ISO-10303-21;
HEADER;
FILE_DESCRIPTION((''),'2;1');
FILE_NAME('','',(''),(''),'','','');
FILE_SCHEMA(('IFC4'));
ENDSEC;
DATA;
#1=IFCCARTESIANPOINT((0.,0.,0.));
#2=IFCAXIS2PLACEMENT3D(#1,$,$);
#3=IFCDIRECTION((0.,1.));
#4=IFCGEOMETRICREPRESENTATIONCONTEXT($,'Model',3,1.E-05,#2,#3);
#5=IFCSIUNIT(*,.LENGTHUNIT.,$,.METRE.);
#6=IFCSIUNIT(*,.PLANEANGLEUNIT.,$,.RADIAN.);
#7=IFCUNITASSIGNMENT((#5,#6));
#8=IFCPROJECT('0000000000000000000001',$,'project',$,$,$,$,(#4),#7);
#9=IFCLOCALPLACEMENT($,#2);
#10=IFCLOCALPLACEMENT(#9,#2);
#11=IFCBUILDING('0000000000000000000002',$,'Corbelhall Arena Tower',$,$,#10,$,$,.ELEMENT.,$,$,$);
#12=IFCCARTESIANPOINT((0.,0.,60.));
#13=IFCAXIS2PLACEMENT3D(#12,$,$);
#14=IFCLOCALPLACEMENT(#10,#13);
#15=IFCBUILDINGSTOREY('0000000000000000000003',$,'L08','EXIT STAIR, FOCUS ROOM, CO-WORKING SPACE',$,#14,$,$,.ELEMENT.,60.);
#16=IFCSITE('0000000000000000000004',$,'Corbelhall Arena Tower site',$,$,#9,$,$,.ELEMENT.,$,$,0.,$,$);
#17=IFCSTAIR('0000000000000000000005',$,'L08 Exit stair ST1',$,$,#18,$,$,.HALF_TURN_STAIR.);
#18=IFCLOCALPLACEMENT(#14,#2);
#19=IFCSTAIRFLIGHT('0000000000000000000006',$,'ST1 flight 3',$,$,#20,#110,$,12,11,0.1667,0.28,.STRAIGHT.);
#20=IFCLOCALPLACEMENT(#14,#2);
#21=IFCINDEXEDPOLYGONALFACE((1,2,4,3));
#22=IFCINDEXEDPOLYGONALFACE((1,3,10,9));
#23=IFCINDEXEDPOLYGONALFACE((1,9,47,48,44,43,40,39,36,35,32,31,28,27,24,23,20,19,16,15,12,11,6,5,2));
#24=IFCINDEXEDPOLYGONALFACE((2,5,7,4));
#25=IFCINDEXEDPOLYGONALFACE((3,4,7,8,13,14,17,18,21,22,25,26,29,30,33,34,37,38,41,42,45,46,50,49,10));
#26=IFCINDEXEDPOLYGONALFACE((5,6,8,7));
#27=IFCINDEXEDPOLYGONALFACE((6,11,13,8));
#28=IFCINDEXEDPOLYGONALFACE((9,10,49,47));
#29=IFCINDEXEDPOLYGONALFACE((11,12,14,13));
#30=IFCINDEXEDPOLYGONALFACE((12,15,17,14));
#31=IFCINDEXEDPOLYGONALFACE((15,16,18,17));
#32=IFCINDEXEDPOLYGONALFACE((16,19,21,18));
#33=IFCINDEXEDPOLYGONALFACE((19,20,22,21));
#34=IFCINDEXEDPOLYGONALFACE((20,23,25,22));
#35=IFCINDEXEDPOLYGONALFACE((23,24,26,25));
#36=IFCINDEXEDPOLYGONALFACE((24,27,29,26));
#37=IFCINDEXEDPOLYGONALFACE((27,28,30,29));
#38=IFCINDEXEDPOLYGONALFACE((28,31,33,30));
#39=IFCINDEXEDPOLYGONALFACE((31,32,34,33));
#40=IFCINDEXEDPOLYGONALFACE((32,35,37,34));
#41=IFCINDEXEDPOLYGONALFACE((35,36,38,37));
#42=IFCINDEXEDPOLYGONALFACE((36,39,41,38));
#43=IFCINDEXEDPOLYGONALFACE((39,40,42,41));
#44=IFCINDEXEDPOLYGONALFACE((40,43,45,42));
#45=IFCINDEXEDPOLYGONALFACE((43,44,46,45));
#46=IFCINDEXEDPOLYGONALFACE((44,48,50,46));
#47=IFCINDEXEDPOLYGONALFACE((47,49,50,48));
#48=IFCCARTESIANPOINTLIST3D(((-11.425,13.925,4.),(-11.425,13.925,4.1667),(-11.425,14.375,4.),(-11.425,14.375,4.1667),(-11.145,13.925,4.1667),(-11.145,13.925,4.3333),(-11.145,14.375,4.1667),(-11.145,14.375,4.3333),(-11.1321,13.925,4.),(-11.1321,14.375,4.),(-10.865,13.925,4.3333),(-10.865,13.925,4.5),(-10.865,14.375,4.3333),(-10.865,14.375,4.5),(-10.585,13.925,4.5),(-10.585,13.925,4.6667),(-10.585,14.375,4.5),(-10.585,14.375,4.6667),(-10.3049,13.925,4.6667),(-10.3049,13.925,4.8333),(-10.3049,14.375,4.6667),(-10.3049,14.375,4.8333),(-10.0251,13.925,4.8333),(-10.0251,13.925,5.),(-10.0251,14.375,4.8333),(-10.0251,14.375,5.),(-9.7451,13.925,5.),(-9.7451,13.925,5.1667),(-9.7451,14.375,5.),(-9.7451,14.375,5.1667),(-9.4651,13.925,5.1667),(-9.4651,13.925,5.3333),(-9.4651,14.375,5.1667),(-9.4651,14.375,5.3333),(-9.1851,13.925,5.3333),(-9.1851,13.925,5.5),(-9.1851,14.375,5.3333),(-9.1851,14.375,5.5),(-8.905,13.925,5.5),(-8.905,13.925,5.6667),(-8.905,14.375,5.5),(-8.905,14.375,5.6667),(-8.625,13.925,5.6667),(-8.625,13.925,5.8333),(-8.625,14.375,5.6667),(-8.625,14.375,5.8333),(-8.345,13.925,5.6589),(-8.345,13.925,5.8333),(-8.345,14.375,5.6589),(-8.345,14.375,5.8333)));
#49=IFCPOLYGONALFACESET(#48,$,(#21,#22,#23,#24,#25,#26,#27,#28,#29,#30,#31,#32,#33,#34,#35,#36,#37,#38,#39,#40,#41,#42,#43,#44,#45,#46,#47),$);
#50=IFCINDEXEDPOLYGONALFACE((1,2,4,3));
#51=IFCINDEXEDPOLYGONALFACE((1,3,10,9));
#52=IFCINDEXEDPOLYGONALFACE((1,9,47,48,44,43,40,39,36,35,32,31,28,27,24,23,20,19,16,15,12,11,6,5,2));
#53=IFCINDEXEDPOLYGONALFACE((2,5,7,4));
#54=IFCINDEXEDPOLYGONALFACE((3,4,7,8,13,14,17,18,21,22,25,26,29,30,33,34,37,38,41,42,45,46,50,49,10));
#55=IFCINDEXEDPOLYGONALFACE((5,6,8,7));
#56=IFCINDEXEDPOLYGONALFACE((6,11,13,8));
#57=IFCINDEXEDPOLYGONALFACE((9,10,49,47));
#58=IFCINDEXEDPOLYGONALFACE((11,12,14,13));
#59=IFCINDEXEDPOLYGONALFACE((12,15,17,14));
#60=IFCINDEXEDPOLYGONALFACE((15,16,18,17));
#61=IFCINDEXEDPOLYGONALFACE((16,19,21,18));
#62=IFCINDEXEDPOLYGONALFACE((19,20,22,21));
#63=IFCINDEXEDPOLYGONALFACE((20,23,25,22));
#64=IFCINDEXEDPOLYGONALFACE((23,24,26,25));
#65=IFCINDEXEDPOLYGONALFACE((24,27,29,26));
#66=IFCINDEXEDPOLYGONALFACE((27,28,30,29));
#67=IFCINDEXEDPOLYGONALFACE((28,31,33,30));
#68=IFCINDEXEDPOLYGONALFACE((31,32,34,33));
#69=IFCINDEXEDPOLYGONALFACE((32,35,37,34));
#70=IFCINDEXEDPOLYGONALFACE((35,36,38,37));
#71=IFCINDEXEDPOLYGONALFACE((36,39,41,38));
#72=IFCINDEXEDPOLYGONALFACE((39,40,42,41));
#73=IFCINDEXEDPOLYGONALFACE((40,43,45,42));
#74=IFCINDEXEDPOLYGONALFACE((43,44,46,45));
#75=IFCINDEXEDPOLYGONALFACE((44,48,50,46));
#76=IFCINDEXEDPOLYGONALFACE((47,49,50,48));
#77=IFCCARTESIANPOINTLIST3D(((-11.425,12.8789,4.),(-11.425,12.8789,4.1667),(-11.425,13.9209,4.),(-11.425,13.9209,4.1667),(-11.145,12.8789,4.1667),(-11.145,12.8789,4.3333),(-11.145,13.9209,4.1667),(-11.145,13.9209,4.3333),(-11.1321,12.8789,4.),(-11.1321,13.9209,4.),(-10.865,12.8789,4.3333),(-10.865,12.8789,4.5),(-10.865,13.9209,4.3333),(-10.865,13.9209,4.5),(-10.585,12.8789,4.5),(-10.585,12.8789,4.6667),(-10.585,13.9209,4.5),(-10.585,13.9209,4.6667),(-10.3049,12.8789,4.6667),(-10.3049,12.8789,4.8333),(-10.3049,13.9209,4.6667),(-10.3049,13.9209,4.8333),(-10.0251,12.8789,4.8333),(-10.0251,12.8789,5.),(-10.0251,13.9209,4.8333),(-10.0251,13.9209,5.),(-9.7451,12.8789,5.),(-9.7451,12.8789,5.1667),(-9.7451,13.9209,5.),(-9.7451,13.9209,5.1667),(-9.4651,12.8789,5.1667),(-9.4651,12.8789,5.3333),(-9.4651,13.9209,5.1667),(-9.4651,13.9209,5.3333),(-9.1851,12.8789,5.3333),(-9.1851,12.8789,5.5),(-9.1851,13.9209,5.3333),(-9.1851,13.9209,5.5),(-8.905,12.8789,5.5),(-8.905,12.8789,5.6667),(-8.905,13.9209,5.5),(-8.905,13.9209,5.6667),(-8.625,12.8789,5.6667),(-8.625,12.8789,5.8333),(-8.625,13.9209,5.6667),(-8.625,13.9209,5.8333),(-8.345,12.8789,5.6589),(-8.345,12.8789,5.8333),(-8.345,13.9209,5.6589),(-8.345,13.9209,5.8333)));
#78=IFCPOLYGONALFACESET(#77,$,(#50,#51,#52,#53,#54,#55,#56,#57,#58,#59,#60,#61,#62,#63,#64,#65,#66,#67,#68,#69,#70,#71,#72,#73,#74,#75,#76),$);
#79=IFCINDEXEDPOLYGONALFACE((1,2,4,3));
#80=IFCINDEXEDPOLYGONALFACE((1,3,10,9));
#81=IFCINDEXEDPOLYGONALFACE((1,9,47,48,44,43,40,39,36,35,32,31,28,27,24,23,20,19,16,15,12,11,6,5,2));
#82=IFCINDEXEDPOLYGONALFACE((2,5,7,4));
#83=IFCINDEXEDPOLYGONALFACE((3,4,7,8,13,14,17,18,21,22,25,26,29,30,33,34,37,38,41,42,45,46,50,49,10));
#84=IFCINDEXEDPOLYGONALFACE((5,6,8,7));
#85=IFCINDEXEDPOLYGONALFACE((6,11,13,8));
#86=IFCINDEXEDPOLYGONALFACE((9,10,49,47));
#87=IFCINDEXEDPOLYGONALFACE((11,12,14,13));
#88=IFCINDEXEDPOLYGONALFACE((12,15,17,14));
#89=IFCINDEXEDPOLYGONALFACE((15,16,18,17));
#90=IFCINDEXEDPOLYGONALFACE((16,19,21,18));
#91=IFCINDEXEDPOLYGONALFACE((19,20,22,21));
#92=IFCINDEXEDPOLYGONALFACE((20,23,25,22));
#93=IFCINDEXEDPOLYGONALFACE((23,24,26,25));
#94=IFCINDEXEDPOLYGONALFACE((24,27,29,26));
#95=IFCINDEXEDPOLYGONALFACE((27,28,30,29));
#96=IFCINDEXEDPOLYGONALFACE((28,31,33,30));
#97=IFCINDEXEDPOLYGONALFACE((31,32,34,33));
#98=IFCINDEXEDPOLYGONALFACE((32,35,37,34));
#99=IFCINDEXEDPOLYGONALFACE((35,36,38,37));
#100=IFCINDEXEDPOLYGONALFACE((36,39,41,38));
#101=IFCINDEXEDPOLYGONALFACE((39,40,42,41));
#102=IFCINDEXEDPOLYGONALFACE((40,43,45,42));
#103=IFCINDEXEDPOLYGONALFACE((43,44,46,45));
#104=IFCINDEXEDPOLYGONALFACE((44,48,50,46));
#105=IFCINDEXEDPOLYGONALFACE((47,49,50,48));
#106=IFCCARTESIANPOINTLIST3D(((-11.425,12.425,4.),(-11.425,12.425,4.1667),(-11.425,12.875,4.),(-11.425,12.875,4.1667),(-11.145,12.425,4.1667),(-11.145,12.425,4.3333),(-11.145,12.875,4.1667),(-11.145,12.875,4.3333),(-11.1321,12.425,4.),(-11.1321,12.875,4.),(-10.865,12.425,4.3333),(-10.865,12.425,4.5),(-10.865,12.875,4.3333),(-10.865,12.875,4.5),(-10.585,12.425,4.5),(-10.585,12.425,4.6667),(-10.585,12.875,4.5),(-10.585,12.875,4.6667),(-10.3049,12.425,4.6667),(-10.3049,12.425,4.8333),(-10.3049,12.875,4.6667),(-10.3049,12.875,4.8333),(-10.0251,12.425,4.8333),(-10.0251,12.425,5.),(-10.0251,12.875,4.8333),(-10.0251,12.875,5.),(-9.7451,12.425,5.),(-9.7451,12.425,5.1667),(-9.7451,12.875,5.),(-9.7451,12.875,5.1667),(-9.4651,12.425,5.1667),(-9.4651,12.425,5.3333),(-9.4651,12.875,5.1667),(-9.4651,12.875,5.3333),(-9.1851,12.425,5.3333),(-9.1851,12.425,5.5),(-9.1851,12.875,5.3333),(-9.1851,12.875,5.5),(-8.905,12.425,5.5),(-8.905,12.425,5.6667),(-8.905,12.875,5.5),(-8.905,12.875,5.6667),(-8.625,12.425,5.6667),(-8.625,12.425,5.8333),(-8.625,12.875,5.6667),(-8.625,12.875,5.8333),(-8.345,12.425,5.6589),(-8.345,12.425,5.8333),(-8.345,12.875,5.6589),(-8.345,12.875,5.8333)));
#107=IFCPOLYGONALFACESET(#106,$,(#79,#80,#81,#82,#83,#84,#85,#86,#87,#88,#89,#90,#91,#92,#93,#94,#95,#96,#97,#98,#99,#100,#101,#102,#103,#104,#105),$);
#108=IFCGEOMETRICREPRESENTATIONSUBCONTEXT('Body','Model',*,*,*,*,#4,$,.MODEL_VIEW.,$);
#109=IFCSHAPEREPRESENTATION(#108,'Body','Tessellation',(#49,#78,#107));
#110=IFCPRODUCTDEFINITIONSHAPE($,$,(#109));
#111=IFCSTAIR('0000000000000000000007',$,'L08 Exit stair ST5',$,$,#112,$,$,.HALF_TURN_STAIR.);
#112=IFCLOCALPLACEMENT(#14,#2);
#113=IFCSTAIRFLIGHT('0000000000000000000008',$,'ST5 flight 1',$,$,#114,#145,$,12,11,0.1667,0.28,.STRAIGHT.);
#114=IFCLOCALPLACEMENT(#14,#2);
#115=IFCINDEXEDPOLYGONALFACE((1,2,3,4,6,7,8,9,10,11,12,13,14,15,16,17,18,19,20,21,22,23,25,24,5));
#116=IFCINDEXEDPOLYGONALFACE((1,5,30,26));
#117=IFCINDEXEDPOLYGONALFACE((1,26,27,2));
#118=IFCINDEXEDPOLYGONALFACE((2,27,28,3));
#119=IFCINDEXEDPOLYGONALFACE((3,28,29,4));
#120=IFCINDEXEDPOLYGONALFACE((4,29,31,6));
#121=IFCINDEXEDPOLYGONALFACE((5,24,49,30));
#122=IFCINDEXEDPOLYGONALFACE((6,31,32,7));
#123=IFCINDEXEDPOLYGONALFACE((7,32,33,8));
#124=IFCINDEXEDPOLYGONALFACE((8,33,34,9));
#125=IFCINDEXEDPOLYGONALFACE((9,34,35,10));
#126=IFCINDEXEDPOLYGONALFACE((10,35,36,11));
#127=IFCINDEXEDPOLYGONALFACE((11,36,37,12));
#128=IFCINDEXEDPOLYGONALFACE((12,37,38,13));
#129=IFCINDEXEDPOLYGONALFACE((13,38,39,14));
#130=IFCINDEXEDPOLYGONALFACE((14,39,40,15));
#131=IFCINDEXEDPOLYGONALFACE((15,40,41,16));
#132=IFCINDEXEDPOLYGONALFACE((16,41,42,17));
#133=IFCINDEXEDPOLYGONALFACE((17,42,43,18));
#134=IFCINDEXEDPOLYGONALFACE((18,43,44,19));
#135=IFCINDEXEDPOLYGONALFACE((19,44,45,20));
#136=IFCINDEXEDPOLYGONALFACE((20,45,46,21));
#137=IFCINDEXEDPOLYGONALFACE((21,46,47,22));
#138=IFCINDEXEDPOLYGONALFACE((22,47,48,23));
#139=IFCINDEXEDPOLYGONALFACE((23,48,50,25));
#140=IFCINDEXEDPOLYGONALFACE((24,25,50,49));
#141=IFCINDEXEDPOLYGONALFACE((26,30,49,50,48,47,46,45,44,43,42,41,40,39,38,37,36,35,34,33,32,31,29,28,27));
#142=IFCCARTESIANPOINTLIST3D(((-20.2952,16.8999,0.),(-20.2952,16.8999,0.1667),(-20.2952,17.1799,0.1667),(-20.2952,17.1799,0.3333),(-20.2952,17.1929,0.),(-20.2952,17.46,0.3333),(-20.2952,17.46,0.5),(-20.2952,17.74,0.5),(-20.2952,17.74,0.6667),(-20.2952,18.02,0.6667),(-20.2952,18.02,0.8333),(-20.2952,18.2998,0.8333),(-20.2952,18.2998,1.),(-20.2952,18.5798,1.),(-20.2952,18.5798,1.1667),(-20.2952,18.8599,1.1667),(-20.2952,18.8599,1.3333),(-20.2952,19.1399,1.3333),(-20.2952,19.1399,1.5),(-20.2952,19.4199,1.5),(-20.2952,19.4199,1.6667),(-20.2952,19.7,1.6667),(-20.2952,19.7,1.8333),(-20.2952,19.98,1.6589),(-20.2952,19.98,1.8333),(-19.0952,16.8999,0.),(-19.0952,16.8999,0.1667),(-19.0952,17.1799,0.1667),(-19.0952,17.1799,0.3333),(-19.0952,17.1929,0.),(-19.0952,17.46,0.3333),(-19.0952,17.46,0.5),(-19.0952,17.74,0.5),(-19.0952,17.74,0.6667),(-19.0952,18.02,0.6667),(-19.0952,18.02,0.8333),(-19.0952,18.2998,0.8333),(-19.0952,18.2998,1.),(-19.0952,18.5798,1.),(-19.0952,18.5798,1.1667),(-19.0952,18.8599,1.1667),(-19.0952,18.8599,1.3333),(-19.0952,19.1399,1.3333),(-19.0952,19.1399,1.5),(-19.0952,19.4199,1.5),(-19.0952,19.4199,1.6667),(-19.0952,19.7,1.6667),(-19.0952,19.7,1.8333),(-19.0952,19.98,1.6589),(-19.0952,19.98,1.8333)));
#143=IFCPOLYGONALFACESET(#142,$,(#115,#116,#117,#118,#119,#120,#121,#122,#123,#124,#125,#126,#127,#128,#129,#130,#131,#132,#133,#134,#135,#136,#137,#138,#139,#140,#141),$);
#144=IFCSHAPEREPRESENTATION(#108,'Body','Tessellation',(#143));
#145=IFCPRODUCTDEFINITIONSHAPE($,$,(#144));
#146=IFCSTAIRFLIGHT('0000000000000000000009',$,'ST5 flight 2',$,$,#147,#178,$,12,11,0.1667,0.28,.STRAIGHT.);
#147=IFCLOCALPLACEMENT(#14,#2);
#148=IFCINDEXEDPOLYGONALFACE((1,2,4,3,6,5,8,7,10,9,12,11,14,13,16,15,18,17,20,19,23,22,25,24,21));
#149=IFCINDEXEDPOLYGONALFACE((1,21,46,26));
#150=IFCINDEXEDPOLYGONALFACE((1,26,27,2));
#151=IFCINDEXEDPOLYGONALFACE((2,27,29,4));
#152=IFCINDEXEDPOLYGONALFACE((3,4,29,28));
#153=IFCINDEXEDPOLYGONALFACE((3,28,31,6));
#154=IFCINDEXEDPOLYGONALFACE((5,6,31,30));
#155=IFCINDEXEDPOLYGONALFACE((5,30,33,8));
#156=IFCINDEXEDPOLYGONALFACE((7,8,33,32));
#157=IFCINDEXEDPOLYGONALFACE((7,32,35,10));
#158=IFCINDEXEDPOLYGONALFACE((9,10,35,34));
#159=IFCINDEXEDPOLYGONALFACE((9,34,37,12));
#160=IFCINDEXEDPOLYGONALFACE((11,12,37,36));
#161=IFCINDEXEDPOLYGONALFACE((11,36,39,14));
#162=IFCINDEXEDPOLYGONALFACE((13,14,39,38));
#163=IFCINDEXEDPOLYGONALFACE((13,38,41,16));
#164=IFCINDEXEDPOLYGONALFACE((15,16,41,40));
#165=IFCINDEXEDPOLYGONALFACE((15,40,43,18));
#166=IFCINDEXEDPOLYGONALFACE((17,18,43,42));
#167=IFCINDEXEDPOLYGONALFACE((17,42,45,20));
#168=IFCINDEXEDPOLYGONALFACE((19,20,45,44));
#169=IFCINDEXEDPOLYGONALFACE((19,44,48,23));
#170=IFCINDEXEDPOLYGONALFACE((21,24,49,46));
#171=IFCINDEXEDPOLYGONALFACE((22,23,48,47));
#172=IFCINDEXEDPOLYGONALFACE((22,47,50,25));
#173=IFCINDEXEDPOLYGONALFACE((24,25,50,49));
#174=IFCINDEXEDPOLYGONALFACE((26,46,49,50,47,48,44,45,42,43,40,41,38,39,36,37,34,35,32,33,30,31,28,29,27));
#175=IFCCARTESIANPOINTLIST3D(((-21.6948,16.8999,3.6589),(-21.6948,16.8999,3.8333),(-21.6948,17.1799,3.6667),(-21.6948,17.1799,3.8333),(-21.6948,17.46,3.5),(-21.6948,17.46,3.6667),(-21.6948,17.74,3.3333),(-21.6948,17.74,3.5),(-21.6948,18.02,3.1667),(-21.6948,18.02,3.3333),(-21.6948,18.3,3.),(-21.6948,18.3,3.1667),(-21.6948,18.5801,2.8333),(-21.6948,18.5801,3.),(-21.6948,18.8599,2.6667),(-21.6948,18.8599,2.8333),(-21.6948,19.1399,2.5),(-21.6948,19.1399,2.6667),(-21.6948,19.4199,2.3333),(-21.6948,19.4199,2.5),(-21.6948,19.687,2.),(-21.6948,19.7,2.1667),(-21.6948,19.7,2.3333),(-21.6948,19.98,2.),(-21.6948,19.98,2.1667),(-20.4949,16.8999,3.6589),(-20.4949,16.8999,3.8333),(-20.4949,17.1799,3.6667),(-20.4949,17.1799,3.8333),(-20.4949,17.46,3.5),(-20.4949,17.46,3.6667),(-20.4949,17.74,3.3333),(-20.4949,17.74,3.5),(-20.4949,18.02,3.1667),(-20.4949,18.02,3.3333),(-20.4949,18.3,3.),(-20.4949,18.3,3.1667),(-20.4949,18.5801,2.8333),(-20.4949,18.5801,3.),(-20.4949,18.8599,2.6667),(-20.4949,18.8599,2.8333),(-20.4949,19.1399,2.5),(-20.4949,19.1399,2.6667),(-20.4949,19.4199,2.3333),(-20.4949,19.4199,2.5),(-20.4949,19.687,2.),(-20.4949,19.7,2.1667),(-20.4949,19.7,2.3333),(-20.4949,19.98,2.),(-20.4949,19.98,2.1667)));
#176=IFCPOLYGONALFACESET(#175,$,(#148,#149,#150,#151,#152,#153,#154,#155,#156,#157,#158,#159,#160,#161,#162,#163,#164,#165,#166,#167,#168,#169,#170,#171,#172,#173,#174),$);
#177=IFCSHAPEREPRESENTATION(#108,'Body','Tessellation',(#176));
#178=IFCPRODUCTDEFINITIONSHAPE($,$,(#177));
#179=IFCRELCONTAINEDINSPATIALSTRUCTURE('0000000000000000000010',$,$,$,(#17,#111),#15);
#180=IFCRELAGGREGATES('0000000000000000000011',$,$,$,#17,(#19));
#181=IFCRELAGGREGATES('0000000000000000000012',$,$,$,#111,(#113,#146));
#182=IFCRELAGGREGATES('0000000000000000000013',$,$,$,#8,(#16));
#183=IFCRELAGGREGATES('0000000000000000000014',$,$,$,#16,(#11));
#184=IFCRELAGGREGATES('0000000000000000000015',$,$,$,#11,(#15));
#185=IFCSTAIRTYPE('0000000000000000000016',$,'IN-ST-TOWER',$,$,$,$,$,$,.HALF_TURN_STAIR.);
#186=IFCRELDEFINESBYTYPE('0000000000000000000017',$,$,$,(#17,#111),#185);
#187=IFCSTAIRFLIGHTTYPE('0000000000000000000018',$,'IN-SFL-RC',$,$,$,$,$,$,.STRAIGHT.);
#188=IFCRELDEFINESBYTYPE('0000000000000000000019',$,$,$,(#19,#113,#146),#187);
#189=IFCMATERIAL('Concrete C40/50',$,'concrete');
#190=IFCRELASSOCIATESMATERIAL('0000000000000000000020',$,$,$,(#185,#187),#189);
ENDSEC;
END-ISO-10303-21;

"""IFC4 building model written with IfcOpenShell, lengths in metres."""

from ifc_helpers import new_model, si_unit, direction, frame, origin, place, context, subcontext, project, spatial, polyline, outline, extrude, material, type_object, element, aggregate, save


model = new_model("IFC4")

# Units and contexts
model_context = context("Model", 3, precision=1e-05, world=origin(), true_north=direction((0.0, 1.0)))
body_context = subcontext(model_context, "Body", "Model", "MODEL_VIEW")
ifc_project = project(units=[si_unit("LENGTHUNIT", "METRE"), si_unit("PLANEANGLEUNIT", "RADIAN")], contexts=[model_context])

# Site, building, storey
site_placement = place(None, origin())
site = spatial("IfcSite", under=ifc_project, at=site_placement, Name="Corbelhall Arena Tower site", CompositionType="ELEMENT", RefElevation=0.0)
building_placement = place(site_placement, origin())
building = spatial("IfcBuilding", under=site, at=building_placement, Name="Corbelhall Arena Tower", CompositionType="ELEMENT")
storey_placement = place(building_placement, frame((0.0, 0.0, 60.0)))
storey = spatial("IfcBuildingStorey", under=building, at=storey_placement, Name="L08", Description="EXIT STAIR, FOCUS ROOM, CO-WORKING SPACE", CompositionType="ELEMENT", Elevation=60.0)

# Shared definitions
ifc_material_1 = material(Name="Concrete C40/50", Category="concrete")

# Stairs, stair flights
stair_type = type_object("IfcStairType", Name="IN-ST-TOWER", PredefinedType="HALF_TURN_STAIR", material=ifc_material_1)
stair_1_placement = place(storey_placement, origin())
stair_1 = element("IfcStair", 1, at=stair_1_placement, inside=storey, type_object=stair_type, Name="L08 Exit stair ST1", PredefinedType="HALF_TURN_STAIR")
stair_flight_type = type_object("IfcStairFlightType", Name="IN-SFL-RC", PredefinedType="STRAIGHT", material=ifc_material_1)
stair_flight_1_placement = place(storey_placement, frame((-11.425, 13.3999, 4.0), z_axis=(0.0, 0.0, 1.0), x_axis=(1.0, 0.0, 0.0)))
stair_flight_1 = element("IfcStairFlight", 2, at=stair_flight_1_placement, type_object=stair_flight_type, Name="ST1 flight 3", NumberOfRisers=12, NumberOfTreads=11, PredefinedType="STRAIGHT", RiserHeight=0.1667, TreadLength=0.28, context=body_context, shape_type="SweptSolid", body=[
    extrude(outline(polyline([(0.0, 0.0), (0.0, 0.1667), (0.28, 0.1667), (0.28, 0.3333), (0.5601, 0.3333), (0.5601, 0.5), (0.8401, 0.5), (0.8401, 0.6667), (1.1201, 0.6667), (1.1201, 0.8333), (1.3999, 0.8333), (1.3999, 1.0), (1.6799, 1.0), (1.6799, 1.1667), (1.96, 1.1667), (1.96, 1.3333), (2.24, 1.3333), (2.24, 1.5), (2.52, 1.5), (2.52, 1.6667), (2.8, 1.6667), (2.8, 1.8333), (3.0801, 1.8333), (3.0801, 2.0), (3.0801, 1.6589), (0.293, 0.0), (0.0, 0.0)])), frame((0.0, 0.9751, 0.0), z_axis=(0.0, -1.0, 0.0), x_axis=(1.0, 0.0, 0.0)), (0.0, 0.0, 1.0), 0.45),
    extrude(outline(polyline([(0.0, 0.0), (0.0, 0.1667), (0.28, 0.1667), (0.28, 0.3333), (0.5601, 0.3333), (0.5601, 0.5), (0.8401, 0.5), (0.8401, 0.6667), (1.1201, 0.6667), (1.1201, 0.8333), (1.3999, 0.8333), (1.3999, 1.0), (1.6799, 1.0), (1.6799, 1.1667), (1.96, 1.1667), (1.96, 1.3333), (2.24, 1.3333), (2.24, 1.5), (2.52, 1.5), (2.52, 1.6667), (2.8, 1.6667), (2.8, 1.8333), (3.0801, 1.8333), (3.0801, 2.0), (3.0801, 1.6589), (0.293, 0.0), (0.0, 0.0)])), frame((0.0, 0.521, 0.0), z_axis=(0.0, -1.0, 0.0), x_axis=(1.0, 0.0, 0.0)), (0.0, 0.0, 1.0), 1.042),
    extrude(outline(polyline([(0.0, 0.0), (0.0, 0.1667), (0.28, 0.1667), (0.28, 0.3333), (0.5601, 0.3333), (0.5601, 0.5), (0.8401, 0.5), (0.8401, 0.6667), (1.1201, 0.6667), (1.1201, 0.8333), (1.3999, 0.8333), (1.3999, 1.0), (1.6799, 1.0), (1.6799, 1.1667), (1.96, 1.1667), (1.96, 1.3333), (2.24, 1.3333), (2.24, 1.5), (2.52, 1.5), (2.52, 1.6667), (2.8, 1.6667), (2.8, 1.8333), (3.0801, 1.8333), (3.0801, 2.0), (3.0801, 1.6589), (0.293, 0.0), (0.0, 0.0)])), frame((0.0, -0.5249, 0.0), z_axis=(0.0, -1.0, 0.0), x_axis=(1.0, 0.0, 0.0)), (0.0, 0.0, 1.0), 0.45),
])
aggregate(stair_1, [stair_flight_1])
stair_2_placement = place(storey_placement, origin())
stair_2 = element("IfcStair", 3, at=stair_2_placement, inside=storey, type_object=stair_type, Name="L08 Exit stair ST5", PredefinedType="HALF_TURN_STAIR")
stair_flight_2_placement = place(storey_placement, frame((-19.6951, 16.8999, 0.0), z_axis=(0.0, 0.0, 1.0), x_axis=(0.0, 1.0, 0.0)))
stair_flight_2 = element("IfcStairFlight", 4, at=stair_flight_2_placement, type_object=stair_flight_type, Name="ST5 flight 1", NumberOfRisers=12, NumberOfTreads=11, PredefinedType="STRAIGHT", RiserHeight=0.1667, TreadLength=0.28, context=body_context, shape_type="SweptSolid", body=[
    extrude(outline(polyline([(0.0, 0.0), (0.0, 0.1667), (0.28, 0.1667), (0.28, 0.3333), (0.5601, 0.3333), (0.5601, 0.5), (0.8401, 0.5), (0.8401, 0.6667), (1.1201, 0.6667), (1.1201, 0.8333), (1.3999, 0.8333), (1.3999, 1.0), (1.6799, 1.0), (1.6799, 1.1667), (1.96, 1.1667), (1.96, 1.3333), (2.24, 1.3333), (2.24, 1.5), (2.52, 1.5), (2.52, 1.6667), (2.8, 1.6667), (2.8, 1.8333), (3.0801, 1.8333), (3.0801, 2.0), (3.0801, 1.6589), (0.293, 0.0), (0.0, 0.0)])), frame((0.0, 0.6001, 0.0), z_axis=(0.0, -1.0, 0.0), x_axis=(1.0, 0.0, 0.0)), (0.0, 0.0, 1.0), 1.2),
])
stair_flight_3_placement = place(storey_placement, frame((-21.095, 19.98, 2.0), z_axis=(0.0, 0.0, 1.0), x_axis=(0.0, -1.0, 0.0)))
stair_flight_3 = element("IfcStairFlight", 5, at=stair_flight_3_placement, type_object=stair_flight_type, Name="ST5 flight 2", NumberOfRisers=12, NumberOfTreads=11, PredefinedType="STRAIGHT", RiserHeight=0.1667, TreadLength=0.28, context=body_context, shape_type="SweptSolid", body=[
    extrude(outline(polyline([(0.0, 0.0), (0.0, 0.1667), (0.28, 0.1667), (0.28, 0.3333), (0.5601, 0.3333), (0.5601, 0.5), (0.8401, 0.5), (0.8401, 0.6667), (1.1201, 0.6667), (1.1201, 0.8333), (1.3999, 0.8333), (1.3999, 1.0), (1.6799, 1.0), (1.6799, 1.1667), (1.96, 1.1667), (1.96, 1.3333), (2.24, 1.3333), (2.24, 1.5), (2.52, 1.5), (2.52, 1.6667), (2.8, 1.6667), (2.8, 1.8333), (3.0801, 1.8333), (3.0801, 2.0), (3.0801, 1.6589), (0.293, 0.0), (0.0, 0.0)])), frame((0.0, 0.6001, 0.0), z_axis=(0.0, -1.0, 0.0), x_axis=(1.0, 0.0, 0.0)), (0.0, 0.0, 1.0), 1.2),
])
aggregate(stair_2, [stair_flight_2, stair_flight_3])

save(model, "model.ifc")
